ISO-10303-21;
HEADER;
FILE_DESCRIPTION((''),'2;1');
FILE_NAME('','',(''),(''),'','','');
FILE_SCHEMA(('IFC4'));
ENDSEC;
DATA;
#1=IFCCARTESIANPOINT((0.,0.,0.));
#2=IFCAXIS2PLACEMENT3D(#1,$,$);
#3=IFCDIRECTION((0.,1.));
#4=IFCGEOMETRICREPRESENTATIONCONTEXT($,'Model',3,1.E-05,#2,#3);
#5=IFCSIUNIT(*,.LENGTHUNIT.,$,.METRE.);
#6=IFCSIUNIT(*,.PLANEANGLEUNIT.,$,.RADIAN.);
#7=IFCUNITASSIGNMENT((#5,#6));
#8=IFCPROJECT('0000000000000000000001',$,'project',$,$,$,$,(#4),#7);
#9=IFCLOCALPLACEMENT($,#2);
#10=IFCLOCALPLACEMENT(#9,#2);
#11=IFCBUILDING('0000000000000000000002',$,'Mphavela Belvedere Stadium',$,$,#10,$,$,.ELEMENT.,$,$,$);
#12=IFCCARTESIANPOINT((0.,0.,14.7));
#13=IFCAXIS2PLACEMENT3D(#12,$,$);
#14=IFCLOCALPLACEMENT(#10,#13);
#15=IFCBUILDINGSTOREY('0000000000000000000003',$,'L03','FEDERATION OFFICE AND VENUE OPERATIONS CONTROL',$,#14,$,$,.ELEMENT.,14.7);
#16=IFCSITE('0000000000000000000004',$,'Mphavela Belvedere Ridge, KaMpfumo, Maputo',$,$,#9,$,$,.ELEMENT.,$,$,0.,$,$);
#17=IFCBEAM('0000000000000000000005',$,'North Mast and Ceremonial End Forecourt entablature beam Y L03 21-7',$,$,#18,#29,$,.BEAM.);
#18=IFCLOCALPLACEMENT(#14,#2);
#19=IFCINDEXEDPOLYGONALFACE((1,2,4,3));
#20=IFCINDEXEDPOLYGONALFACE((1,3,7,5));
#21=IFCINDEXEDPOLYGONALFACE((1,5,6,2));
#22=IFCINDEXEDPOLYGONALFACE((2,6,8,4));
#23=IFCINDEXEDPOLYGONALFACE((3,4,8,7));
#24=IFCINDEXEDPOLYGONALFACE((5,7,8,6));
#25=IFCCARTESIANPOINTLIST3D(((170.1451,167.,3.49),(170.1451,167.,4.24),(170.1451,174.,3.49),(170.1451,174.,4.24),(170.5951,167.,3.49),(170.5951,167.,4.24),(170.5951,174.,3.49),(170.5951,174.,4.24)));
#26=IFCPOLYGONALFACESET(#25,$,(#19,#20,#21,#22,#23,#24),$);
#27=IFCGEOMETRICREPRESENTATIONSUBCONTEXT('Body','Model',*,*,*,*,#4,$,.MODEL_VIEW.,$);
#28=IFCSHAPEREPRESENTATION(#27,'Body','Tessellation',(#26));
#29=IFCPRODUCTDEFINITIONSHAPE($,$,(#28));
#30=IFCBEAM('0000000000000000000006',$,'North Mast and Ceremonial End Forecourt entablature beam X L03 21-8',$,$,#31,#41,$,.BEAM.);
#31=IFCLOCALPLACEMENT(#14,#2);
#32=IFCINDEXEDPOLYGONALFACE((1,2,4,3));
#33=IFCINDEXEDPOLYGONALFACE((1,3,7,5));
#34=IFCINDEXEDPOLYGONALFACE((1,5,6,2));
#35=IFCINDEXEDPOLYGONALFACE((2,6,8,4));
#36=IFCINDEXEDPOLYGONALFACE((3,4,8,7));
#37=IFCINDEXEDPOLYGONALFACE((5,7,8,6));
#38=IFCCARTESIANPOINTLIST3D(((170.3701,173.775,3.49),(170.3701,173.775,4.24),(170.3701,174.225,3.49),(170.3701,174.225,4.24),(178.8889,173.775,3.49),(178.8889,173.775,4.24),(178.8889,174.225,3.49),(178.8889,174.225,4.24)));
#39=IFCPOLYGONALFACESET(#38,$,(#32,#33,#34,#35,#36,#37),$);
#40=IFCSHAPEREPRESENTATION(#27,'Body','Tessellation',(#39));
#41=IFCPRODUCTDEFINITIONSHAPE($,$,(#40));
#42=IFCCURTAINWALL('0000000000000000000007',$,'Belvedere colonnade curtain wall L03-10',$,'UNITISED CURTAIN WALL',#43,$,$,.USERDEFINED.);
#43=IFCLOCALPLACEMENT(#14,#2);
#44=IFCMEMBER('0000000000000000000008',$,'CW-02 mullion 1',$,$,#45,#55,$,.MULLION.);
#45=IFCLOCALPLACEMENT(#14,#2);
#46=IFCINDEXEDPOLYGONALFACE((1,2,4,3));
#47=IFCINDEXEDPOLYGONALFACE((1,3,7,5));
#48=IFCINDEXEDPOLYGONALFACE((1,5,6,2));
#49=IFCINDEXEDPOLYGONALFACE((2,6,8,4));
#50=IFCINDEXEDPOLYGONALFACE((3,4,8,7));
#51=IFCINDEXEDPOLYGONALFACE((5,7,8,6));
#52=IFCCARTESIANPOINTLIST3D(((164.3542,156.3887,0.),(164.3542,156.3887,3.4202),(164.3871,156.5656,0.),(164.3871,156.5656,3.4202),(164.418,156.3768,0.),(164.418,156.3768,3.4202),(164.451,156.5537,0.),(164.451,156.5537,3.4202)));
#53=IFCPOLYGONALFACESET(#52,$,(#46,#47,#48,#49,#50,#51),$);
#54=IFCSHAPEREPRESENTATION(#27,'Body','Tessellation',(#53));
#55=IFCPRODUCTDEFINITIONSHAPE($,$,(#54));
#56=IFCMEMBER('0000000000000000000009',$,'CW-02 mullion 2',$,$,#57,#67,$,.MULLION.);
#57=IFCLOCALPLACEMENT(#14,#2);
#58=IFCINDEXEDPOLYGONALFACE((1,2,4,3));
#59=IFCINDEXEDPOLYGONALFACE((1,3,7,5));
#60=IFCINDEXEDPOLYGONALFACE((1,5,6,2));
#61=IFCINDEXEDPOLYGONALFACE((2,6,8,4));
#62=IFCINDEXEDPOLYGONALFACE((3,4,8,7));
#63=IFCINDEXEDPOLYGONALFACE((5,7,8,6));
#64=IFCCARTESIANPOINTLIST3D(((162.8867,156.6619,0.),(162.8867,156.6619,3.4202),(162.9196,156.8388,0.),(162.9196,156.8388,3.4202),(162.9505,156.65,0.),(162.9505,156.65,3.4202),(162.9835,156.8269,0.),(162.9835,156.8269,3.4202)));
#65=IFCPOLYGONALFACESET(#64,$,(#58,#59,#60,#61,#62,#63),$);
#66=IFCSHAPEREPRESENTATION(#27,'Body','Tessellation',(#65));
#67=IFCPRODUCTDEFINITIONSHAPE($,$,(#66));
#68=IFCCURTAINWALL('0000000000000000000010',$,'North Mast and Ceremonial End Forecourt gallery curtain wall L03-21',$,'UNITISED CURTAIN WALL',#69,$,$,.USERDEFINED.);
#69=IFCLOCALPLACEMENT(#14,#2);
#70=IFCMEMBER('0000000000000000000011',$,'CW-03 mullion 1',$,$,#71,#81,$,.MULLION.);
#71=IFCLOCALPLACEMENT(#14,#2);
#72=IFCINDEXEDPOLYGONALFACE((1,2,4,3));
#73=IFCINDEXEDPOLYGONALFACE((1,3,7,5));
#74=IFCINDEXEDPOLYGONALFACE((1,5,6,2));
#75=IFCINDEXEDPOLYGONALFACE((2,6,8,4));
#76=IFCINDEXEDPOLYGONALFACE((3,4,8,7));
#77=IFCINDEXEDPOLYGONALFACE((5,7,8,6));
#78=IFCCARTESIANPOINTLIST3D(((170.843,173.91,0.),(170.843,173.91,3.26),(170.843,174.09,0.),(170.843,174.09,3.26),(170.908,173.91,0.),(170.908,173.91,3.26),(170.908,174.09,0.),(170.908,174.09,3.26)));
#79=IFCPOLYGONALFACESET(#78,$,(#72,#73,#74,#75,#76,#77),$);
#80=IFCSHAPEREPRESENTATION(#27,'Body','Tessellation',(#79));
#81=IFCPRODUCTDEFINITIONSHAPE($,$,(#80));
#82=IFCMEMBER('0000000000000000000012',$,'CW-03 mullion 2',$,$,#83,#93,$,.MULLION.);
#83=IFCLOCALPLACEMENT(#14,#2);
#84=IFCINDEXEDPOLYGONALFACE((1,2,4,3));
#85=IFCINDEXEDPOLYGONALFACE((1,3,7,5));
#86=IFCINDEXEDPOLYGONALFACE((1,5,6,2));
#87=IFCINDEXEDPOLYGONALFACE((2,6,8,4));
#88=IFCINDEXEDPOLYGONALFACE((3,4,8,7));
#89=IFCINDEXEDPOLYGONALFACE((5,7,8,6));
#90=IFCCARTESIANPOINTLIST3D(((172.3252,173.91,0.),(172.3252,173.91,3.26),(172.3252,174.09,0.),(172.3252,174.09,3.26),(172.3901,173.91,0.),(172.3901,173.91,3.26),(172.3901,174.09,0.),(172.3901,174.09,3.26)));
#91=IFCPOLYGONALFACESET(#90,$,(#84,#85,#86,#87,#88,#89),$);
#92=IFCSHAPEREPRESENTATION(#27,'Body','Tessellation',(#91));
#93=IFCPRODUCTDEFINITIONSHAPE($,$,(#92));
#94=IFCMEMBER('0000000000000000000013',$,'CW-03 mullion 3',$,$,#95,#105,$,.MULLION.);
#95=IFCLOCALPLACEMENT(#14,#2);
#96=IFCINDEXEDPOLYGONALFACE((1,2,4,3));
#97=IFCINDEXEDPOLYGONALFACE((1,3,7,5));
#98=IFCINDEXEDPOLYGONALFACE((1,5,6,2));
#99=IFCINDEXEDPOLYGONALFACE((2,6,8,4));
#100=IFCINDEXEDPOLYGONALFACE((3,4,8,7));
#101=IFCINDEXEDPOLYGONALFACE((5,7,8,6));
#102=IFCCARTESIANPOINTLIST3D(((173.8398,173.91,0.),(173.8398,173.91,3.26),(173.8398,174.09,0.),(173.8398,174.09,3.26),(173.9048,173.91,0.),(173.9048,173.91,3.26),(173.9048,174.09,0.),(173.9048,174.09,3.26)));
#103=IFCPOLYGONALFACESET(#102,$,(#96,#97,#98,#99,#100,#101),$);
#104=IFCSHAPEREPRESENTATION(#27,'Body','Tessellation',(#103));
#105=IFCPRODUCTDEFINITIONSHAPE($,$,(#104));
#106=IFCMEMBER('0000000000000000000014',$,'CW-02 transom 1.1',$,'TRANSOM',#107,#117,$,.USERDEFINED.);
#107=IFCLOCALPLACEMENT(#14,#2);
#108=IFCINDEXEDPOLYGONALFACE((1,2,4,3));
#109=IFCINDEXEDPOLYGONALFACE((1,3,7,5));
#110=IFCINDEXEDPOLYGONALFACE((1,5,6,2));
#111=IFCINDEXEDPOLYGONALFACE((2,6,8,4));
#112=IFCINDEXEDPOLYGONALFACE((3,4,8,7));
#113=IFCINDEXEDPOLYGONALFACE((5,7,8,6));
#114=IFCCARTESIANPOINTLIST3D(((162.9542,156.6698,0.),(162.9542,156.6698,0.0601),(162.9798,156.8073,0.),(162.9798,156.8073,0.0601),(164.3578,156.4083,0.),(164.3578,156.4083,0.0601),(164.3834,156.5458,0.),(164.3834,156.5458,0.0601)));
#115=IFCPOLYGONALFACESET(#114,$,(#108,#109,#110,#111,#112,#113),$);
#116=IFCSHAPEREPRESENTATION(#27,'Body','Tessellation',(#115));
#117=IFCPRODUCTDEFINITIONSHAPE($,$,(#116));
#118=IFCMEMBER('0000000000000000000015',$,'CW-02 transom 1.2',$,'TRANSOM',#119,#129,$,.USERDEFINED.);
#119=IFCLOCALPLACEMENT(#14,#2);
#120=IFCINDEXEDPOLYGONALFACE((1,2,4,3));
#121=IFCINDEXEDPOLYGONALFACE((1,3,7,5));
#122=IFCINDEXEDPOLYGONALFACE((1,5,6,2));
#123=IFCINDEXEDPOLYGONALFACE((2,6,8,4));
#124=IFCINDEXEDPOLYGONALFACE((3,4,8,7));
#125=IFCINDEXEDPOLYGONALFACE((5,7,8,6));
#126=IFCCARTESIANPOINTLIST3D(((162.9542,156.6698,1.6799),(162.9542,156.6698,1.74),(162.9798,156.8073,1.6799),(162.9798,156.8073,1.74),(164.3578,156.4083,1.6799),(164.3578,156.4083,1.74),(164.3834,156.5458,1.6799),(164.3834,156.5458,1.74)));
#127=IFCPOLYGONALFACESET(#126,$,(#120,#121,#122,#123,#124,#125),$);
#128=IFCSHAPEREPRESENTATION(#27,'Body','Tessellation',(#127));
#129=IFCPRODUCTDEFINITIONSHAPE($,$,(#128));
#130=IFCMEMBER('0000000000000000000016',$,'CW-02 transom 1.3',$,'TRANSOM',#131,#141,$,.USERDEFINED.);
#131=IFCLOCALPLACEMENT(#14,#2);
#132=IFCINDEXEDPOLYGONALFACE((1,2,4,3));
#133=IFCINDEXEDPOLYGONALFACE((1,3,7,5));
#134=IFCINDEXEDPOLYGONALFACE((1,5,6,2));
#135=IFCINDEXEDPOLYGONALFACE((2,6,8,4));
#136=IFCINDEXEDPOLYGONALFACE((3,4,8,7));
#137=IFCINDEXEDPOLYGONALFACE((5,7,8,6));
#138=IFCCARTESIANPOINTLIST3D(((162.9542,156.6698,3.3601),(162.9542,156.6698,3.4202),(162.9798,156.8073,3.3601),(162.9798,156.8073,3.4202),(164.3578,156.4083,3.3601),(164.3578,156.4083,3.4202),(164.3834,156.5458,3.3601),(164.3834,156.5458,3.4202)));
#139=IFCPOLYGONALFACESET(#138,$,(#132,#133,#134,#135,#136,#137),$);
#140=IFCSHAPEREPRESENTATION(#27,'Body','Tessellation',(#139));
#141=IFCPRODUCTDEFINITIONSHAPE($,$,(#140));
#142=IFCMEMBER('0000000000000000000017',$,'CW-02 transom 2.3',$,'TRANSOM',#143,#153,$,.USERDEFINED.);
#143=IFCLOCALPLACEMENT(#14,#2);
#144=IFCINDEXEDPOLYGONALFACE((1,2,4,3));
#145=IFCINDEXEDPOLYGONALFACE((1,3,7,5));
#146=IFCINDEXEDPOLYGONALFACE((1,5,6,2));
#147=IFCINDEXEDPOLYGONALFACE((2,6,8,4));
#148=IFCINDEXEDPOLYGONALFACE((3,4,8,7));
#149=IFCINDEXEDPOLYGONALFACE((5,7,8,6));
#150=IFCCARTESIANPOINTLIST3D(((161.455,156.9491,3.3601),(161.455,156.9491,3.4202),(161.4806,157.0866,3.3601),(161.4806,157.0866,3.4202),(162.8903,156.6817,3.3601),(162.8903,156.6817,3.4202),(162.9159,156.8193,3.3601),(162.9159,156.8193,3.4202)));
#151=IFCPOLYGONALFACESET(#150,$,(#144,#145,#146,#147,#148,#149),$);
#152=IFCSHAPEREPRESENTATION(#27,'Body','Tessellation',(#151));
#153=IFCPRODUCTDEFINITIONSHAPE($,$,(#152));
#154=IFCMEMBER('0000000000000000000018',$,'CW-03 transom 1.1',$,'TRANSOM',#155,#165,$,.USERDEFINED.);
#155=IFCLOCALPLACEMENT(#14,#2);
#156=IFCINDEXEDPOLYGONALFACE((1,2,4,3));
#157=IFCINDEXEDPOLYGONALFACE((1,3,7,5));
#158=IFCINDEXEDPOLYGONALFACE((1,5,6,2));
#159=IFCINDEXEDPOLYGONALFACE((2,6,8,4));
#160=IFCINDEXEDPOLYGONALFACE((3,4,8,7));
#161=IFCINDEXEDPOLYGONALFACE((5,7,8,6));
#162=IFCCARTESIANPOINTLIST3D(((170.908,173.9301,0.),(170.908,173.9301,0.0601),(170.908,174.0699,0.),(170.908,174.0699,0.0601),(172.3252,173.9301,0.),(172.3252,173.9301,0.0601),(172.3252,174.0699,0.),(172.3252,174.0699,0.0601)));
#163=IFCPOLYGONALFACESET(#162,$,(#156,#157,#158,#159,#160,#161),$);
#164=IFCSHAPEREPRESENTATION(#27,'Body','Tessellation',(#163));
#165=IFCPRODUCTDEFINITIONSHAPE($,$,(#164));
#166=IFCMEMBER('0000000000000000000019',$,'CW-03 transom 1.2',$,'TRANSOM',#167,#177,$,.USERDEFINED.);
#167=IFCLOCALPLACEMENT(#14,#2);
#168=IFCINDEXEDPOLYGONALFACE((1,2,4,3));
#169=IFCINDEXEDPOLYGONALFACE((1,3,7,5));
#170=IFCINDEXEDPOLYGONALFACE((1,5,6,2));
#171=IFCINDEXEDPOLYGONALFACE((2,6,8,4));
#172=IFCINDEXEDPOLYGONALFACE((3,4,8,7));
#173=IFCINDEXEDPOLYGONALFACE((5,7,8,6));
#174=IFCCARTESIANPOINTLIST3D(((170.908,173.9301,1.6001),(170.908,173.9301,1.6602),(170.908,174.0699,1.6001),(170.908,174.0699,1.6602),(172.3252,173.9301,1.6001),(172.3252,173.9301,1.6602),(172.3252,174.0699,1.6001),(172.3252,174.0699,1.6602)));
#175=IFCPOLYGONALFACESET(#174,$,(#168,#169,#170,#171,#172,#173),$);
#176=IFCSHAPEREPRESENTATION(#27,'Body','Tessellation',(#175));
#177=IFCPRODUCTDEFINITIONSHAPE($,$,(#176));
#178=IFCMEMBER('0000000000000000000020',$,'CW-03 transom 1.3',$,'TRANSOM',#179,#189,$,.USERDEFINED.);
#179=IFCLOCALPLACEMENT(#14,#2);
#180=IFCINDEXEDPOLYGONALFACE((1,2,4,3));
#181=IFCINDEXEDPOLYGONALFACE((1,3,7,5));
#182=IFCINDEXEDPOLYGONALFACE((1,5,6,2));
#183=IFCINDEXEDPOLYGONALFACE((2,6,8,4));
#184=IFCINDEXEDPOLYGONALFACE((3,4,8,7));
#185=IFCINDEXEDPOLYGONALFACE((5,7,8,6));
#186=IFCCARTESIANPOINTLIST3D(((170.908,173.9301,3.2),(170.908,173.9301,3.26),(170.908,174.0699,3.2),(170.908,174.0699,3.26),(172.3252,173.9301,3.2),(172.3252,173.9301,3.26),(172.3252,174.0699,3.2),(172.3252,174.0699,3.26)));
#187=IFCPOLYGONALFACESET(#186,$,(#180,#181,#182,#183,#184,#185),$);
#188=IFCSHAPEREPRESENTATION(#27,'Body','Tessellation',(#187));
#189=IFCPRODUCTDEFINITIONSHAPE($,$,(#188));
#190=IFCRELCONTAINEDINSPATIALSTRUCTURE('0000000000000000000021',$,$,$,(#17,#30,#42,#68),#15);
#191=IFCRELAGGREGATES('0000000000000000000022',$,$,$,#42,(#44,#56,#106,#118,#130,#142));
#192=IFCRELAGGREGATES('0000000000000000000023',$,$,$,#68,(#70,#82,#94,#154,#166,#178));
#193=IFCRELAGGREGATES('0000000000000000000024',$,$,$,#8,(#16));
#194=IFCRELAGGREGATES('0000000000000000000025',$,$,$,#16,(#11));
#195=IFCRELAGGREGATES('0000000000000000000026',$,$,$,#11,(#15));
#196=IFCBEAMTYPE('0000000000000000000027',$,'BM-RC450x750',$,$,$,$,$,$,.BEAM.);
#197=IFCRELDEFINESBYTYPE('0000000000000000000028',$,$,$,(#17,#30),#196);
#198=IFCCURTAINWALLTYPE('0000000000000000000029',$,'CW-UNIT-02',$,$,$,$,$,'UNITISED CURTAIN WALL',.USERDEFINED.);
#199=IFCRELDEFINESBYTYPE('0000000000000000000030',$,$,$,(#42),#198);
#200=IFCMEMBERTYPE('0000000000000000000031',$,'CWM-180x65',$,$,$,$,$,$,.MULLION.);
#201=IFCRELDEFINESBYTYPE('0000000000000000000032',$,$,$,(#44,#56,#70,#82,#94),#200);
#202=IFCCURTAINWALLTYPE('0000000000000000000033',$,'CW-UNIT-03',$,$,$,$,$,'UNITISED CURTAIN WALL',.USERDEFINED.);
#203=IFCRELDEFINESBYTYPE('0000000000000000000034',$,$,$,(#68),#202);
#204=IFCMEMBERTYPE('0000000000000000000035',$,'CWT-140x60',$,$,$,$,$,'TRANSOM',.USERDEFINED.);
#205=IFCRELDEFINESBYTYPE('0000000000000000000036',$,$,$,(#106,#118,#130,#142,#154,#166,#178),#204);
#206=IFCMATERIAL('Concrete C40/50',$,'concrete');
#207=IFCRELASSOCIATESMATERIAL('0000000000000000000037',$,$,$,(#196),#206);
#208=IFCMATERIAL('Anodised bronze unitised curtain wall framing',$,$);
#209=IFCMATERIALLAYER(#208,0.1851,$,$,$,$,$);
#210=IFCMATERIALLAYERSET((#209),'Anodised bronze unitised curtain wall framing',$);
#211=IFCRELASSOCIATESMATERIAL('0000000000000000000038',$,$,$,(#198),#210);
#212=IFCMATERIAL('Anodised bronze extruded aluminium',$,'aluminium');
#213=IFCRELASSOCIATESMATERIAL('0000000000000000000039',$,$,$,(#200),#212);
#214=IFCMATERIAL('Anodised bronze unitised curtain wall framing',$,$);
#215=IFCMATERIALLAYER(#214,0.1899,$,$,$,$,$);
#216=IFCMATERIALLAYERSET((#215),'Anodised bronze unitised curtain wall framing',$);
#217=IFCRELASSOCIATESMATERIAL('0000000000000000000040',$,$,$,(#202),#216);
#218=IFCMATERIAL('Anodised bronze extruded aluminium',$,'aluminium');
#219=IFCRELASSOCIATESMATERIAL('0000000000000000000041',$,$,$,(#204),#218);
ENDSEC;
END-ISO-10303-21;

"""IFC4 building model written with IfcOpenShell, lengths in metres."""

from ifc_helpers import new_model, si_unit, direction, frame, origin, origin_2d, place, context, subcontext, project, spatial, rectangle, extrude, material, layer, layer_set, material_profile, profile_set, type_object, element, aggregate, save


model = new_model("IFC4")

# Units and contexts
model_context = context("Model", 3, precision=1e-05, world=origin(), true_north=direction((0.0, 1.0)))
body_context = subcontext(model_context, "Body", "Model", "MODEL_VIEW")
ifc_project = project(units=[si_unit("LENGTHUNIT", "METRE"), si_unit("PLANEANGLEUNIT", "RADIAN")], contexts=[model_context])

# Site, building, storey
site_placement = place(None, origin())
site = spatial("IfcSite", under=ifc_project, at=site_placement, Name="Mphavela Belvedere Ridge, KaMpfumo, Maputo", CompositionType="ELEMENT", RefElevation=0.0)
building_placement = place(site_placement, origin())
building = spatial("IfcBuilding", under=site, at=building_placement, Name="Mphavela Belvedere Stadium", CompositionType="ELEMENT")
storey_placement = place(building_placement, frame((0.0, 0.0, 14.7)))
storey = spatial("IfcBuildingStorey", under=building, at=storey_placement, Name="L03", Description="FEDERATION OFFICE AND VENUE OPERATIONS CONTROL", CompositionType="ELEMENT", Elevation=14.7)

# Beams
ifc_material_1 = material(Name="Concrete C40/50", Category="concrete")
ifc_material_profile_1 = material_profile(ifc_material_1, rectangle(XDim=0.45, YDim=0.75, at=origin_2d()), Name="RC 450x750")
ifc_profile_set_1 = profile_set([ifc_material_profile_1], Name="Concrete C40/50")
beam_type_1 = type_object("IfcBeamType", Name="BM-RC450x750", PredefinedType="BEAM", material=ifc_profile_set_1)
beam_1_placement = place(storey_placement, frame((170.3701, 167.0, 3.865), z_axis=(0.0, 1.0, 0.0), x_axis=(-1.0, 0.0, 0.0)))
element("IfcBeam", 1, at=beam_1_placement, inside=storey, type_object=beam_type_1, Name="North Mast and Ceremonial End Forecourt entablature beam Y L03 21-7", PredefinedType="BEAM", context=body_context, shape_type="SweptSolid", body=[
    extrude(rectangle(XDim=0.45, YDim=0.75, at=origin_2d()), origin(), (0.0, 0.0, 1.0), 7.0),
])
beam_2_placement = place(storey_placement, frame((170.3701, 174.0, 3.865), z_axis=(1.0, 0.0, 0.0), x_axis=(0.0, 1.0, 0.0)))
element("IfcBeam", 2, at=beam_2_placement, inside=storey, type_object=beam_type_1, Name="North Mast and Ceremonial End Forecourt entablature beam X L03 21-8", PredefinedType="BEAM", context=body_context, shape_type="SweptSolid", body=[
    extrude(rectangle(XDim=0.45, YDim=0.75, at=origin_2d()), origin(), (0.0, 0.0, 1.0), 8.5188),
])

# Curtain walls, members
ifc_material_2 = material(Name="Anodised bronze unitised curtain wall framing")
ifc_layer_1 = layer(ifc_material_2, 0.1851)
ifc_layer_set_1 = layer_set([ifc_layer_1], Name="Anodised bronze unitised curtain wall framing")
curtain_wall_type_1 = type_object("IfcCurtainWallType", Name="CW-UNIT-02", ElementType="UNITISED CURTAIN WALL", PredefinedType="USERDEFINED", material=ifc_layer_set_1)
curtain_wall_1_placement = place(storey_placement, origin())
curtain_wall_1 = element("IfcCurtainWall", 3, at=curtain_wall_1_placement, inside=storey, type_object=curtain_wall_type_1, Name="Belvedere colonnade curtain wall L03-10", ObjectType="UNITISED CURTAIN WALL", PredefinedType="USERDEFINED")
ifc_material_3 = material(Name="Anodised bronze extruded aluminium", Category="aluminium")
ifc_material_profile_2 = material_profile(ifc_material_3, rectangle(XDim=0.1799, YDim=0.0649, at=origin_2d()), Name="CW-MUL 180x65")
ifc_profile_set_2 = profile_set([ifc_material_profile_2], Name="Anodised bronze extruded aluminium")
member_type_1 = type_object("IfcMemberType", Name="CWM-180x65", PredefinedType="MULLION", material=ifc_profile_set_2)
member_1_placement = place(storey_placement, frame((164.4026, 156.4712, 0.0), z_axis=(0.0, 0.0, 1.0), x_axis=(-0.183088, -0.983097, 0.0)))
member_1 = element("IfcMember", 4, at=member_1_placement, type_object=member_type_1, Name="CW-02 mullion 1", PredefinedType="MULLION", context=body_context, shape_type="SweptSolid", body=[
    extrude(rectangle(XDim=0.1799, YDim=0.0649, at=origin_2d()), origin(), (0.0, 0.0, 1.0), 3.4202),
])
member_2_placement = place(storey_placement, frame((162.9351, 156.7444, 0.0), z_axis=(0.0, 0.0, 1.0), x_axis=(-0.183088, -0.983097, 0.0)))
member_2 = element("IfcMember", 5, at=member_2_placement, type_object=member_type_1, Name="CW-02 mullion 2", PredefinedType="MULLION", context=body_context, shape_type="SweptSolid", body=[
    extrude(rectangle(XDim=0.1799, YDim=0.0649, at=origin_2d()), origin(), (0.0, 0.0, 1.0), 3.4202),
])
ifc_material_4 = material(Name="Anodised bronze unitised curtain wall framing")
ifc_layer_2 = layer(ifc_material_4, 0.1899)
ifc_layer_set_2 = layer_set([ifc_layer_2], Name="Anodised bronze unitised curtain wall framing")
curtain_wall_type_2 = type_object("IfcCurtainWallType", Name="CW-UNIT-03", ElementType="UNITISED CURTAIN WALL", PredefinedType="USERDEFINED", material=ifc_layer_set_2)
curtain_wall_2_placement = place(storey_placement, origin())
curtain_wall_2 = element("IfcCurtainWall", 6, at=curtain_wall_2_placement, inside=storey, type_object=curtain_wall_type_2, Name="North Mast and Ceremonial End Forecourt gallery curtain wall L03-21", ObjectType="UNITISED CURTAIN WALL", PredefinedType="USERDEFINED")
member_3_placement = place(storey_placement, frame((170.8755, 174.0, 0.0), z_axis=(0.0, 0.0, 1.0), x_axis=(0.0, 1.0, 0.0)))
member_3 = element("IfcMember", 7, at=member_3_placement, type_object=member_type_1, Name="CW-03 mullion 1", PredefinedType="MULLION", context=body_context, shape_type="SweptSolid", body=[
    extrude(rectangle(XDim=0.1799, YDim=0.0649, at=origin_2d()), origin(), (0.0, 0.0, 1.0), 3.26),
])
member_4_placement = place(storey_placement, frame((172.3577, 174.0, 0.0), z_axis=(0.0, 0.0, 1.0), x_axis=(0.0, 1.0, 0.0)))
member_4 = element("IfcMember", 8, at=member_4_placement, type_object=member_type_1, Name="CW-03 mullion 2", PredefinedType="MULLION", context=body_context, shape_type="SweptSolid", body=[
    extrude(rectangle(XDim=0.1799, YDim=0.0649, at=origin_2d()), origin(), (0.0, 0.0, 1.0), 3.26),
])
member_5_placement = place(storey_placement, frame((173.8723, 174.0, 0.0), z_axis=(0.0, 0.0, 1.0), x_axis=(0.0, 1.0, 0.0)))
member_5 = element("IfcMember", 9, at=member_5_placement, type_object=member_type_1, Name="CW-03 mullion 3", PredefinedType="MULLION", context=body_context, shape_type="SweptSolid", body=[
    extrude(rectangle(XDim=0.1799, YDim=0.0649, at=origin_2d()), origin(), (0.0, 0.0, 1.0), 3.26),
])

# Members
ifc_material_5 = material(Name="Anodised bronze extruded aluminium", Category="aluminium")
ifc_material_profile_3 = material_profile(ifc_material_5, rectangle(XDim=0.1399, YDim=0.0601, at=origin_2d()), Name="CW-TRN 140x60")
ifc_profile_set_3 = profile_set([ifc_material_profile_3], Name="Anodised bronze extruded aluminium")
member_type_2 = type_object("IfcMemberType", Name="CWT-140x60", ElementType="TRANSOM", PredefinedType="USERDEFINED", material=ifc_profile_set_3)
member_6_placement = place(storey_placement, frame((164.3706, 156.4771, 0.03), z_axis=(-0.983086, 0.183142, 0.0), x_axis=(-0.183142, -0.983086, 0.0)))
member_6 = element("IfcMember", 10, at=member_6_placement, type_object=member_type_2, Name="CW-02 transom 1.1", ObjectType="TRANSOM", PredefinedType="USERDEFINED", context=body_context, shape_type="SweptSolid", body=[
    extrude(rectangle(XDim=0.1399, YDim=0.0601, at=origin_2d()), origin(), (0.0, 0.0, 1.0), 1.4277),
])
member_7_placement = place(storey_placement, frame((164.3706, 156.4771, 1.71), z_axis=(-0.983086, 0.183142, 0.0), x_axis=(-0.183142, -0.983086, 0.0)))
member_7 = element("IfcMember", 11, at=member_7_placement, type_object=member_type_2, Name="CW-02 transom 1.2", ObjectType="TRANSOM", PredefinedType="USERDEFINED", context=body_context, shape_type="SweptSolid", body=[
    extrude(rectangle(XDim=0.1399, YDim=0.0601, at=origin_2d()), origin(), (0.0, 0.0, 1.0), 1.4277),
])
member_8_placement = place(storey_placement, frame((164.3706, 156.4771, 3.3901), z_axis=(-0.983086, 0.183142, 0.0), x_axis=(-0.183142, -0.983086, 0.0)))
member_8 = element("IfcMember", 12, at=member_8_placement, type_object=member_type_2, Name="CW-02 transom 1.3", ObjectType="TRANSOM", PredefinedType="USERDEFINED", context=body_context, shape_type="SweptSolid", body=[
    extrude(rectangle(XDim=0.1399, YDim=0.0601, at=origin_2d()), origin(), (0.0, 0.0, 1.0), 1.4277),
])
member_9_placement = place(storey_placement, frame((162.9031, 156.7505, 3.3901), z_axis=(-0.983093, 0.183107, 0.0), x_axis=(-0.183107, -0.983093, 0.0)))
member_9 = element("IfcMember", 13, at=member_9_placement, type_object=member_type_2, Name="CW-02 transom 2.3", ObjectType="TRANSOM", PredefinedType="USERDEFINED", context=body_context, shape_type="SweptSolid", body=[
    extrude(rectangle(XDim=0.1399, YDim=0.0601, at=origin_2d()), origin(), (0.0, 0.0, 1.0), 1.46),
])
member_10_placement = place(storey_placement, frame((170.908, 174.0, 0.03), z_axis=(1.0, 0.0, 0.0), x_axis=(0.0, 1.0, 0.0)))
member_10 = element("IfcMember", 14, at=member_10_placement, type_object=member_type_2, Name="CW-03 transom 1.1", ObjectType="TRANSOM", PredefinedType="USERDEFINED", context=body_context, shape_type="SweptSolid", body=[
    extrude(rectangle(XDim=0.1399, YDim=0.0601, at=origin_2d()), origin(), (0.0, 0.0, 1.0), 1.4172),
])
member_11_placement = place(storey_placement, frame((170.908, 174.0, 1.6301), z_axis=(1.0, 0.0, 0.0), x_axis=(0.0, 1.0, 0.0)))
member_11 = element("IfcMember", 15, at=member_11_placement, type_object=member_type_2, Name="CW-03 transom 1.2", ObjectType="TRANSOM", PredefinedType="USERDEFINED", context=body_context, shape_type="SweptSolid", body=[
    extrude(rectangle(XDim=0.1399, YDim=0.0601, at=origin_2d()), origin(), (0.0, 0.0, 1.0), 1.4172),
])
member_12_placement = place(storey_placement, frame((170.908, 174.0, 3.23), z_axis=(1.0, 0.0, 0.0), x_axis=(0.0, 1.0, 0.0)))
member_12 = element("IfcMember", 16, at=member_12_placement, type_object=member_type_2, Name="CW-03 transom 1.3", ObjectType="TRANSOM", PredefinedType="USERDEFINED", context=body_context, shape_type="SweptSolid", body=[
    extrude(rectangle(XDim=0.1399, YDim=0.0601, at=origin_2d()), origin(), (0.0, 0.0, 1.0), 1.4172),
])

aggregate(curtain_wall_1, [member_1, member_2, member_6, member_7, member_8, member_9])
aggregate(curtain_wall_2, [member_3, member_4, member_5, member_10, member_11, member_12])

save(model, "model.ifc")
